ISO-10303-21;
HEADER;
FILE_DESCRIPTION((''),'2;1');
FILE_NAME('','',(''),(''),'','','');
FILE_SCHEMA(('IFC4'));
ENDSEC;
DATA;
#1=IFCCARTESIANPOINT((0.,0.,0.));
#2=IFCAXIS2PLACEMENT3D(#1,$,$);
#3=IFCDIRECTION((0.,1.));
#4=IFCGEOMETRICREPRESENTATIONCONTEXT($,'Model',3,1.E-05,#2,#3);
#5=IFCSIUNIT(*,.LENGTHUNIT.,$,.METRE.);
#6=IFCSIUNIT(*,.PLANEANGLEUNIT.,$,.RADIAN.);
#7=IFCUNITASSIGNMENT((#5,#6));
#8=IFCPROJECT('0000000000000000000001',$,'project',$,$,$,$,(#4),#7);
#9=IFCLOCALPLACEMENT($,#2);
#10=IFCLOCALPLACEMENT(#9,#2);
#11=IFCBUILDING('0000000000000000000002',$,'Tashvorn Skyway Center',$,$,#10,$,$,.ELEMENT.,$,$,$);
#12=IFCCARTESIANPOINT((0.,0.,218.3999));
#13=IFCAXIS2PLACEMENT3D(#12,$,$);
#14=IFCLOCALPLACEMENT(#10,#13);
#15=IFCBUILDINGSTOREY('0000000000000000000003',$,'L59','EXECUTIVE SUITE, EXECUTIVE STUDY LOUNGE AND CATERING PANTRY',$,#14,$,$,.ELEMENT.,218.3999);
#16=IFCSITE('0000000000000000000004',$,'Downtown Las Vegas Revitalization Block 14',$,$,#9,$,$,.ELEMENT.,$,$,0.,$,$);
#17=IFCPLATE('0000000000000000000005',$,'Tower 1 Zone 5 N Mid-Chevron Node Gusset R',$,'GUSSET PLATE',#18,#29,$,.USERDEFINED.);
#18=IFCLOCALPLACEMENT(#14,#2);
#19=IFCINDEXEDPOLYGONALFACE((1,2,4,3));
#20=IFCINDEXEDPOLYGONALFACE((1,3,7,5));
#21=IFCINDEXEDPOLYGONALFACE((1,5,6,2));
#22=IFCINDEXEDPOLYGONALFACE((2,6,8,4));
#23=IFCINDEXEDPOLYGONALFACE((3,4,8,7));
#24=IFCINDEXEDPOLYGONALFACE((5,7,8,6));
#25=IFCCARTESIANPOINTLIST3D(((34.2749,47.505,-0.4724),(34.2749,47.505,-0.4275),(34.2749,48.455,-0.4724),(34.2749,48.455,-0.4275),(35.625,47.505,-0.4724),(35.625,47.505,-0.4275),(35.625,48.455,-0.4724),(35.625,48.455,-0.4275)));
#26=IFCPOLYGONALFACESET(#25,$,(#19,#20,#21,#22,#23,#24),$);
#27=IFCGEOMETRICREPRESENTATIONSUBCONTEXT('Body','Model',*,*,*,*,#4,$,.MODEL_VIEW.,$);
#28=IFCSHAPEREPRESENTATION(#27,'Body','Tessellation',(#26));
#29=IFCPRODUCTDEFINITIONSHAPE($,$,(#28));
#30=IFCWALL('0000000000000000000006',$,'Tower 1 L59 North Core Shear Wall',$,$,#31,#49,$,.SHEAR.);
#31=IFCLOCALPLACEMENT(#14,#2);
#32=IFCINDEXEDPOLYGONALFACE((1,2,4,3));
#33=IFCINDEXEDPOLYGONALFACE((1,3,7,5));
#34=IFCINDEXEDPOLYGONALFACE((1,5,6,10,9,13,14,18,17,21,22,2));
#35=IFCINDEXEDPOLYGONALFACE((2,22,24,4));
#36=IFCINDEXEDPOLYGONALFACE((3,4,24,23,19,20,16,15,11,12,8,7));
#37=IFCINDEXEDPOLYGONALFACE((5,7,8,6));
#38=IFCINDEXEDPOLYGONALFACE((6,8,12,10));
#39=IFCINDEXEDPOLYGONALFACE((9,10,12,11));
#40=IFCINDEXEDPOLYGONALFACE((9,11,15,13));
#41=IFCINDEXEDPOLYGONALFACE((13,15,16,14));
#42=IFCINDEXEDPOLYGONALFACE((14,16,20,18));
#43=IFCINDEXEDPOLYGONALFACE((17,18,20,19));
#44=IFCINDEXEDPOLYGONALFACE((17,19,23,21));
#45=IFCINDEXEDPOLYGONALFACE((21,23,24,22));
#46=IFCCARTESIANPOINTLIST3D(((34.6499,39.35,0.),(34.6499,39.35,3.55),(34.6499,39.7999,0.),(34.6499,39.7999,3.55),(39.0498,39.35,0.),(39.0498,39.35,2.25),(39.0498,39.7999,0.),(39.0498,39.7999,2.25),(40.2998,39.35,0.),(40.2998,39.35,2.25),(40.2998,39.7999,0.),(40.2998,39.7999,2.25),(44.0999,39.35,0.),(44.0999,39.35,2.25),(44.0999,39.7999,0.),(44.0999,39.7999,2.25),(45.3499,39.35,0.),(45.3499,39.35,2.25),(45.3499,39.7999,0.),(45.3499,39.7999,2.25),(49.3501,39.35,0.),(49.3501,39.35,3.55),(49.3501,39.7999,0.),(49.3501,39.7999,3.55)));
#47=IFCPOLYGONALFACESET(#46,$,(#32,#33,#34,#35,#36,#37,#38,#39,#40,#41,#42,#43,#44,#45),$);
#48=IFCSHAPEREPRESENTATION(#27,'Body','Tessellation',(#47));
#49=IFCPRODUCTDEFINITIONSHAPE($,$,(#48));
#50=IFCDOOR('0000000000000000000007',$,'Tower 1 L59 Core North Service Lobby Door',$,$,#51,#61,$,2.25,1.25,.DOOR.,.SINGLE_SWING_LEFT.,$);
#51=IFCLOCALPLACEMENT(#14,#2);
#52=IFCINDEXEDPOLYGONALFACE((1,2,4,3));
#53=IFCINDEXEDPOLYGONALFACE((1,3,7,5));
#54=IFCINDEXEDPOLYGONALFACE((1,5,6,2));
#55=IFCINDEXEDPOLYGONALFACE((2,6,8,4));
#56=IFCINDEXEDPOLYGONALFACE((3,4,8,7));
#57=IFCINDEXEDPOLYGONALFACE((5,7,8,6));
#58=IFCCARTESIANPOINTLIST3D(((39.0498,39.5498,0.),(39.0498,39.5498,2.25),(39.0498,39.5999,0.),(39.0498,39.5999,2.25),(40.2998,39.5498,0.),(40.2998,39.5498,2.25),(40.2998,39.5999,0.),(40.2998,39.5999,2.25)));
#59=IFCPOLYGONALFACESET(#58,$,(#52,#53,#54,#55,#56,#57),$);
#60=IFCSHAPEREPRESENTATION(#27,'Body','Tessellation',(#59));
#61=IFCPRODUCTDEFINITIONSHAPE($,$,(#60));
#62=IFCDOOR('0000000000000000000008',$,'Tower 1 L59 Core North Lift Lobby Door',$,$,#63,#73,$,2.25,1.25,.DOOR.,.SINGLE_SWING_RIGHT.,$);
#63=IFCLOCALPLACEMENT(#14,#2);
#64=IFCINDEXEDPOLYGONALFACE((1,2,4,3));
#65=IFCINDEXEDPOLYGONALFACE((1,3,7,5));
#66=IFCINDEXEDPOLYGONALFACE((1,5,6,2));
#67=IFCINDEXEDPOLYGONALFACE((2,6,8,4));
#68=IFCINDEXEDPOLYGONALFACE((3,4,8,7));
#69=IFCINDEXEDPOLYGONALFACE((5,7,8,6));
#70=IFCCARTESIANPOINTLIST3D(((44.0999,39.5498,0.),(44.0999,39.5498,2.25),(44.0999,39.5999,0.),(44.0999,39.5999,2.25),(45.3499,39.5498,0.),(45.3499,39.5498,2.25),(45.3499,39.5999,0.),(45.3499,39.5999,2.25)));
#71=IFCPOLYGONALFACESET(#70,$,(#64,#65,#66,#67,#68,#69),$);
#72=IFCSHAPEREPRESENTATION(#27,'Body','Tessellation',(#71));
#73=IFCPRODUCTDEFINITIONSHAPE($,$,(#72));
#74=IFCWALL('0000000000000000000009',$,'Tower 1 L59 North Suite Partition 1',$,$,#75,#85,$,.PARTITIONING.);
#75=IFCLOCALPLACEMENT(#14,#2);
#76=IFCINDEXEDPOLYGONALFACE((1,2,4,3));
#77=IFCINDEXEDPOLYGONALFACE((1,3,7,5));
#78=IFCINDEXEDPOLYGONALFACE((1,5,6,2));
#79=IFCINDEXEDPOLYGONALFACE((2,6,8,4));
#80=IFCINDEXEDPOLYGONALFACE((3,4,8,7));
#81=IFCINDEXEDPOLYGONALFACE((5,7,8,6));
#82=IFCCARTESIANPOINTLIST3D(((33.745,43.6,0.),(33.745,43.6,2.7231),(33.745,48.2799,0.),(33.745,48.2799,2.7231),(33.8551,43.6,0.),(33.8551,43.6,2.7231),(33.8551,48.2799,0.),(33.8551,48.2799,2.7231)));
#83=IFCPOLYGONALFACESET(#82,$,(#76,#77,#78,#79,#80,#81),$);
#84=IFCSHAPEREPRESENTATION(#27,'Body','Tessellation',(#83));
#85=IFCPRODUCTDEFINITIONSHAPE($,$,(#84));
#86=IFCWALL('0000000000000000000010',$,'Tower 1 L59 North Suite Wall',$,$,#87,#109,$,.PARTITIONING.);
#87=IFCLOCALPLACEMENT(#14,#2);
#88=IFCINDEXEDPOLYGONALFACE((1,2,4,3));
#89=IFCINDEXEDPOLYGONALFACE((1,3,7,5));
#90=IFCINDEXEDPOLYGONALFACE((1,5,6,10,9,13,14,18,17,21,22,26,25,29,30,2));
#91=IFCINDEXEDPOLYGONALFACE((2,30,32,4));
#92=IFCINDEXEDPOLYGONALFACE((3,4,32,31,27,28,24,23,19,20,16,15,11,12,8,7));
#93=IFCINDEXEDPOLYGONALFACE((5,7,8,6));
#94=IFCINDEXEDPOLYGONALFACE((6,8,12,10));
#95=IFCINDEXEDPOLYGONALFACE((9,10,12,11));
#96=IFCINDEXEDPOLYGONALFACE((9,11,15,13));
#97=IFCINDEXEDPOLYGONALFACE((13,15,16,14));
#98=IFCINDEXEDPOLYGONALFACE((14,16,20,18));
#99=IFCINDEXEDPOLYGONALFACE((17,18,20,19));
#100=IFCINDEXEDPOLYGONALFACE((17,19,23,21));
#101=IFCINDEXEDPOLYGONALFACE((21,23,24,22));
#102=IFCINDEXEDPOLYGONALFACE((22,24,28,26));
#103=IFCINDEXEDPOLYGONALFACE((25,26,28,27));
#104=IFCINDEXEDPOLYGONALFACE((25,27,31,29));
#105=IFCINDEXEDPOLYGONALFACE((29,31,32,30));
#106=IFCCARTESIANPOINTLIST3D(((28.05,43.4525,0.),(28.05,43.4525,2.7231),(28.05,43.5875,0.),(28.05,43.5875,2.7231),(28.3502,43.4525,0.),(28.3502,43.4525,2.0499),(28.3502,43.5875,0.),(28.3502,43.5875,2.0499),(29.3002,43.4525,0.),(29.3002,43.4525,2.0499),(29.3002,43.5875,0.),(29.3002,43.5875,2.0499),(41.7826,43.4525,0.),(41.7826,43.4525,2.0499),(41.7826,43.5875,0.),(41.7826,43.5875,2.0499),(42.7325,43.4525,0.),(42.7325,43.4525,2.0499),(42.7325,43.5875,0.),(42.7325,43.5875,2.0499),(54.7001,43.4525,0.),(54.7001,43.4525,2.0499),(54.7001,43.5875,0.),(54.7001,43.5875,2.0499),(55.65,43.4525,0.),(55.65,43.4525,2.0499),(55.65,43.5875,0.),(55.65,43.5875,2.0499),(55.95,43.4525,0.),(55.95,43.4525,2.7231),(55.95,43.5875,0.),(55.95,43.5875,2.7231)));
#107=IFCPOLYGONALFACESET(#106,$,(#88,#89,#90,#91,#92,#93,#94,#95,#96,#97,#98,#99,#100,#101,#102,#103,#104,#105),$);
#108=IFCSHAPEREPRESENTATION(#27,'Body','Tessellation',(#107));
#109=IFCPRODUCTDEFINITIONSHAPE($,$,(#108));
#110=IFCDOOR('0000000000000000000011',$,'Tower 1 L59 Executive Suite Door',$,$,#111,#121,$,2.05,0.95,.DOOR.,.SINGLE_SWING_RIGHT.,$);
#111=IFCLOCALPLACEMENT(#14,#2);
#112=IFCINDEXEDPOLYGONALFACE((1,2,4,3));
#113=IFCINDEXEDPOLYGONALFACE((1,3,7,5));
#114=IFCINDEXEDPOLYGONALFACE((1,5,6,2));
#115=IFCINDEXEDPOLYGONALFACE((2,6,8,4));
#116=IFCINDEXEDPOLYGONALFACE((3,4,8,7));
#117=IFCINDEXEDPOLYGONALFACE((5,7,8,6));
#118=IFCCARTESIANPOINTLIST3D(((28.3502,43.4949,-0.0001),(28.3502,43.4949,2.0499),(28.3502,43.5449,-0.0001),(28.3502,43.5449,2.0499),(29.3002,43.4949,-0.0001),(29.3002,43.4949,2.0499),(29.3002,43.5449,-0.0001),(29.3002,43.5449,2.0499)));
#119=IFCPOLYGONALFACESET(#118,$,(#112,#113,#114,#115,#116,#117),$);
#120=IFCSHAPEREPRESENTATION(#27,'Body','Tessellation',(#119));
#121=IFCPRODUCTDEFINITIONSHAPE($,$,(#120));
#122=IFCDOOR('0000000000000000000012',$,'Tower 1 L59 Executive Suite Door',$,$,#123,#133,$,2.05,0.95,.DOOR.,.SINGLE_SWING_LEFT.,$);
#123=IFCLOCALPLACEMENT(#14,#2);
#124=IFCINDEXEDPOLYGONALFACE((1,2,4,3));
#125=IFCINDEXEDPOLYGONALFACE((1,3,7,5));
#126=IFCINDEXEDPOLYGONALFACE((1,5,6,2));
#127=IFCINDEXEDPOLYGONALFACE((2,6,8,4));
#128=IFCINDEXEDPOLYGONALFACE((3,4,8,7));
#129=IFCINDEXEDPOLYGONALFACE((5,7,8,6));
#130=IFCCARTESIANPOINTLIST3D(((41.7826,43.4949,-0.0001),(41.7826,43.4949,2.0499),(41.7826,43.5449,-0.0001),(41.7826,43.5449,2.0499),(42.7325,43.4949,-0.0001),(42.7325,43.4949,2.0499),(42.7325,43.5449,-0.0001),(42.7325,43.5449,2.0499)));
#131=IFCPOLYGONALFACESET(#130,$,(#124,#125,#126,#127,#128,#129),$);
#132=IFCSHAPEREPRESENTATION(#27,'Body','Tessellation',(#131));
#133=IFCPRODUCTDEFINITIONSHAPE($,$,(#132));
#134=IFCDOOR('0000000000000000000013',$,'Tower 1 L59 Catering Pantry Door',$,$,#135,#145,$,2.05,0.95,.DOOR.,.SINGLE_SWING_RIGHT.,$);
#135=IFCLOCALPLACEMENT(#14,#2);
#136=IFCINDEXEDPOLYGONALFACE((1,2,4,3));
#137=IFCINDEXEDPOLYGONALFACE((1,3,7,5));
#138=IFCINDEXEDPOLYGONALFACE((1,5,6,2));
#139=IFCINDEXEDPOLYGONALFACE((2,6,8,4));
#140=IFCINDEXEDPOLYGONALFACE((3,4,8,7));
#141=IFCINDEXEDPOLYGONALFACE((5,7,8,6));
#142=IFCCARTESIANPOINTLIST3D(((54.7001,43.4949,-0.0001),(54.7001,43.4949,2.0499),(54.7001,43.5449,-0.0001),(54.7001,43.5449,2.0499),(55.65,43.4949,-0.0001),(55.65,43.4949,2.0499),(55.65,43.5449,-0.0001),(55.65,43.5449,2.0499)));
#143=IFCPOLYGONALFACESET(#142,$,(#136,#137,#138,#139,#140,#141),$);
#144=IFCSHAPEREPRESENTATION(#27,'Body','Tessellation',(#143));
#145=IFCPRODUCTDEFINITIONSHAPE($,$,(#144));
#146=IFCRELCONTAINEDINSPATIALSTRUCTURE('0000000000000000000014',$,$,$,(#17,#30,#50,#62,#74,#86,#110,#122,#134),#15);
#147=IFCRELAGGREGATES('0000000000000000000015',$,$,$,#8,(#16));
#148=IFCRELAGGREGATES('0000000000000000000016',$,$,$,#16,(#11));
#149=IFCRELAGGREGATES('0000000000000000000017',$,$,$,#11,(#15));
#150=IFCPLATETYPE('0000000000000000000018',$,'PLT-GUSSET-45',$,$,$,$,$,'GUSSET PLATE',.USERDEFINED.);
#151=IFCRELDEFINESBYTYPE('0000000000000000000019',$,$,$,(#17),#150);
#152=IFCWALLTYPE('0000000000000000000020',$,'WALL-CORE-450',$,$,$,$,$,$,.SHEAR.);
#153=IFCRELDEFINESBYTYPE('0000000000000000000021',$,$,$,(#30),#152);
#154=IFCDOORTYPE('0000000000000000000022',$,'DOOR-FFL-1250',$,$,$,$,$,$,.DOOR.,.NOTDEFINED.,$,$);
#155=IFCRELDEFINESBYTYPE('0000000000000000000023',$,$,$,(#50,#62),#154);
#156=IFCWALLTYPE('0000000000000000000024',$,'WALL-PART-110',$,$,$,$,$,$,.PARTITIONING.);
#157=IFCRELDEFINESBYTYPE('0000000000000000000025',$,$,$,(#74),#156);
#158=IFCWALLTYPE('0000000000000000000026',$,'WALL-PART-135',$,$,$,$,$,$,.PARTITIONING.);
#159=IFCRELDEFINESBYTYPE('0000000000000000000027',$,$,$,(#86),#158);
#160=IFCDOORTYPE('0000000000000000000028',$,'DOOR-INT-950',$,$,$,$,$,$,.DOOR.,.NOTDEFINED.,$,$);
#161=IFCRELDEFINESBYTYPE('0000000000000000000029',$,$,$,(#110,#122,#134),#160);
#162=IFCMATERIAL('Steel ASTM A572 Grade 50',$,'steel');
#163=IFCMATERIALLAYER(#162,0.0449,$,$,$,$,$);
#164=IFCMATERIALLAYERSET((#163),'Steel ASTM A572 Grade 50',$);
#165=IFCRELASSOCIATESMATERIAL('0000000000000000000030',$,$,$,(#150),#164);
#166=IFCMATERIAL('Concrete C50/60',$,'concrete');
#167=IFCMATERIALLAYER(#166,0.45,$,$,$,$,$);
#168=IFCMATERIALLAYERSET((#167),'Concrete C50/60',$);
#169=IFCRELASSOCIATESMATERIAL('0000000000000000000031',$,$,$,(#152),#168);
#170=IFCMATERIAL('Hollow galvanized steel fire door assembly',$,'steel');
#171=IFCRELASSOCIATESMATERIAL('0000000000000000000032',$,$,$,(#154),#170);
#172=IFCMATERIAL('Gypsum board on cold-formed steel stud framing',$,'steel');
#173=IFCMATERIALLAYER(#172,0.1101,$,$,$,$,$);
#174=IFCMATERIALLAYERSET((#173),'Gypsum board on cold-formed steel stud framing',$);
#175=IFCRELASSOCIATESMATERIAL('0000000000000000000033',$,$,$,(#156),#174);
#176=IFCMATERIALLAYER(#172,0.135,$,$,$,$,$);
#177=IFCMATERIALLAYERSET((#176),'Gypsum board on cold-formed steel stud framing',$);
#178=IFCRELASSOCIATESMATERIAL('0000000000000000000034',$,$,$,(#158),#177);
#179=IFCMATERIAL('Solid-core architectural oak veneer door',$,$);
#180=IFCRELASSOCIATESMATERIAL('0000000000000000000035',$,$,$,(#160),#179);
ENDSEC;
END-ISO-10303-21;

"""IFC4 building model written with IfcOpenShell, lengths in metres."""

from ifc_helpers import new_model, si_unit, direction, frame, frame_2d, origin, origin_2d, place, context, subcontext, project, spatial, rectangle, extrude, material, layer, layer_set, type_object, element, fill, save


model = new_model("IFC4")

# Units and contexts
model_context = context("Model", 3, precision=1e-05, world=origin(), true_north=direction((0.0, 1.0)))
body_context = subcontext(model_context, "Body", "Model", "MODEL_VIEW")
ifc_project = project(units=[si_unit("LENGTHUNIT", "METRE"), si_unit("PLANEANGLEUNIT", "RADIAN")], contexts=[model_context])

# Site, building, storey
site_placement = place(None, origin())
site = spatial("IfcSite", under=ifc_project, at=site_placement, Name="Downtown Las Vegas Revitalization Block 14", CompositionType="ELEMENT", RefElevation=0.0)
building_placement = place(site_placement, origin())
building = spatial("IfcBuilding", under=site, at=building_placement, Name="Tashvorn Skyway Center", CompositionType="ELEMENT")
storey_placement = place(building_placement, frame((0.0, 0.0, 218.3999)))
storey = spatial("IfcBuildingStorey", under=building, at=storey_placement, Name="L59", Description="EXECUTIVE SUITE, EXECUTIVE STUDY LOUNGE AND CATERING PANTRY", CompositionType="ELEMENT", Elevation=218.3999)

# Shared definitions
ifc_material_1 = material(Name="Steel ASTM A572 Grade 50", Category="steel")

# Plate
ifc_layer_1 = layer(ifc_material_1, 0.0449)
ifc_layer_set_1 = layer_set([ifc_layer_1], Name="Steel ASTM A572 Grade 50")
plate_type_1 = type_object("IfcPlateType", Name="PLT-GUSSET-45", ElementType="GUSSET PLATE", PredefinedType="USERDEFINED", material=ifc_layer_set_1)
plate_1_placement = place(storey_placement, frame((34.95, 47.98, -0.4724), z_axis=(0.0, 0.0, 1.0), x_axis=(-1.0, 0.0, 0.0)))
element("IfcPlate", 1, at=plate_1_placement, inside=storey, type_object=plate_type_1, Name="Tower 1 Zone 5 N Mid-Chevron Node Gusset R", ObjectType="GUSSET PLATE", PredefinedType="USERDEFINED", context=body_context, shape_type="SweptSolid", body=[
    extrude(rectangle(XDim=1.3501, YDim=0.95, at=origin_2d()), origin(), (0.0, 0.0, 1.0), 0.0449),
])

# Wall, openings, doors
ifc_material_2 = material(Name="Concrete C50/60", Category="concrete")
ifc_layer_2 = layer(ifc_material_2, 0.45)
ifc_layer_set_2 = layer_set([ifc_layer_2], Name="Concrete C50/60")
wall_type_1 = type_object("IfcWallType", Name="WALL-CORE-450", PredefinedType="SHEAR", material=ifc_layer_set_2)
wall_1_placement = place(storey_placement, frame((34.6499, 39.575, 0.0), z_axis=(0.0, 0.0, 1.0), x_axis=(1.0, 0.0, 0.0)))
wall_1 = element("IfcWall", 2, at=wall_1_placement, inside=storey, type_object=wall_type_1, Name="Tower 1 L59 North Core Shear Wall", PredefinedType="SHEAR", context=body_context, shape_type="SweptSolid", body=[
    extrude(rectangle(XDim=14.7002, YDim=0.45, at=frame_2d((7.3501, 0.0))), origin(), (0.0, 0.0, 1.0), 3.55),
])
opening_1_placement = place(wall_1_placement, frame((4.3999, 0.0, 0.0)))
opening_1 = element("IfcOpeningElement", 3, at=opening_1_placement, cuts=wall_1, PredefinedType="OPENING", context=body_context, shape_type="SweptSolid", body=[
    extrude(rectangle(XDim=1.25, YDim=2.25, at=frame_2d((0.625, 1.125))), frame((0.0, 0.2349, 0.0), z_axis=(0.0, -1.0, 0.0), x_axis=(1.0, 0.0, 0.0)), (0.0, 0.0, 1.0), 0.47),
])
opening_2_placement = place(wall_1_placement, frame((9.45, 0.0, 0.0)))
opening_2 = element("IfcOpeningElement", 4, at=opening_2_placement, cuts=wall_1, PredefinedType="OPENING", context=body_context, shape_type="SweptSolid", body=[
    extrude(rectangle(XDim=1.25, YDim=2.25, at=frame_2d((0.625, 1.125))), frame((0.0, 0.2349, 0.0), z_axis=(0.0, -1.0, 0.0), x_axis=(1.0, 0.0, 0.0)), (0.0, 0.0, 1.0), 0.47),
])
ifc_material_3 = material(Name="Hollow galvanized steel fire door assembly", Category="steel")
door_type_1 = type_object("IfcDoorType", Name="DOOR-FFL-1250", OperationType="NOTDEFINED", PredefinedType="DOOR", material=ifc_material_3)
door_1_placement = place(opening_1_placement, origin())
door_1 = element("IfcDoor", 5, at=door_1_placement, inside=storey, type_object=door_type_1, Name="Tower 1 L59 Core North Service Lobby Door", OperationType="SINGLE_SWING_LEFT", OverallHeight=2.25, OverallWidth=1.25, PredefinedType="DOOR", context=body_context, shape_type="SweptSolid", body=[
    extrude(rectangle(XDim=1.25, YDim=2.25, at=frame_2d((0.625, 1.125))), frame((0.0, 0.0249, 0.0), z_axis=(0.0, -1.0, 0.0), x_axis=(1.0, 0.0, 0.0)), (0.0, 0.0, 1.0), 0.05),
])
fill(opening_1, door_1)
door_2_placement = place(opening_2_placement, origin())
door_2 = element("IfcDoor", 6, at=door_2_placement, inside=storey, type_object=door_type_1, Name="Tower 1 L59 Core North Lift Lobby Door", OperationType="SINGLE_SWING_RIGHT", OverallHeight=2.25, OverallWidth=1.25, PredefinedType="DOOR", context=body_context, shape_type="SweptSolid", body=[
    extrude(rectangle(XDim=1.25, YDim=2.25, at=frame_2d((0.625, 1.125))), frame((0.0, 0.0249, 0.0), z_axis=(0.0, -1.0, 0.0), x_axis=(1.0, 0.0, 0.0)), (0.0, 0.0, 1.0), 0.05),
])
fill(opening_2, door_2)

# Wall
ifc_material_4 = material(Name="Gypsum board on cold-formed steel stud framing", Category="steel")
ifc_layer_3 = layer(ifc_material_4, 0.1101)
ifc_layer_set_3 = layer_set([ifc_layer_3], Name="Gypsum board on cold-formed steel stud framing")
wall_type_2 = type_object("IfcWallType", Name="WALL-PART-110", PredefinedType="PARTITIONING", material=ifc_layer_set_3)
wall_2_placement = place(storey_placement, frame((33.8, 43.6001, 0.0), z_axis=(0.0, 0.0, 1.0), x_axis=(0.0, 1.0, 0.0)))
element("IfcWall", 7, at=wall_2_placement, inside=storey, type_object=wall_type_2, Name="Tower 1 L59 North Suite Partition 1", PredefinedType="PARTITIONING", context=body_context, shape_type="SweptSolid", body=[
    extrude(rectangle(XDim=4.6799, YDim=0.1101, at=frame_2d((2.3398, 0.0))), origin(), (0.0, 0.0, 1.0), 2.7231),
])

# Wall, openings, doors
ifc_layer_4 = layer(ifc_material_4, 0.135)
ifc_layer_set_4 = layer_set([ifc_layer_4], Name="Gypsum board on cold-formed steel stud framing")
wall_type_3 = type_object("IfcWallType", Name="WALL-PART-135", PredefinedType="PARTITIONING", material=ifc_layer_set_4)
wall_3_placement = place(storey_placement, frame((28.05, 43.52, 0.0), z_axis=(0.0, 0.0, 1.0), x_axis=(1.0, 0.0, 0.0)))
wall_3 = element("IfcWall", 8, at=wall_3_placement, inside=storey, type_object=wall_type_3, Name="Tower 1 L59 North Suite Wall", PredefinedType="PARTITIONING", context=body_context, shape_type="SweptSolid", body=[
    extrude(rectangle(XDim=27.8999, YDim=0.135, at=frame_2d((13.95, 0.0))), origin(), (0.0, 0.0, 1.0), 2.7231),
])
opening_3_placement = place(wall_3_placement, frame((0.3, 0.0, 0.0)))
opening_3 = element("IfcOpeningElement", 9, at=opening_3_placement, cuts=wall_3, PredefinedType="OPENING", context=body_context, shape_type="SweptSolid", body=[
    extrude(rectangle(XDim=0.95, YDim=2.05, at=frame_2d((0.4751, 1.0249))), frame((0.0, 0.0774, 0.0), z_axis=(0.0, -1.0, 0.0), x_axis=(1.0, 0.0, 0.0)), (0.0, 0.0, 1.0), 0.155),
])
opening_4_placement = place(wall_3_placement, frame((13.7324, 0.0, 0.0)))
opening_4 = element("IfcOpeningElement", 10, at=opening_4_placement, cuts=wall_3, PredefinedType="OPENING", context=body_context, shape_type="SweptSolid", body=[
    extrude(rectangle(XDim=0.95, YDim=2.05, at=frame_2d((0.4751, 1.0249))), frame((0.0, 0.0774, 0.0), z_axis=(0.0, -1.0, 0.0), x_axis=(1.0, 0.0, 0.0)), (0.0, 0.0, 1.0), 0.155),
])
opening_5_placement = place(wall_3_placement, frame((26.6499, 0.0, 0.0)))
opening_5 = element("IfcOpeningElement", 11, at=opening_5_placement, cuts=wall_3, PredefinedType="OPENING", context=body_context, shape_type="SweptSolid", body=[
    extrude(rectangle(XDim=0.95, YDim=2.05, at=frame_2d((0.4751, 1.0249))), frame((0.0, 0.0774, 0.0), z_axis=(0.0, -1.0, 0.0), x_axis=(1.0, 0.0, 0.0)), (0.0, 0.0, 1.0), 0.155),
])
ifc_material_5 = material(Name="Solid-core architectural oak veneer door")
door_type_2 = type_object("IfcDoorType", Name="DOOR-INT-950", OperationType="NOTDEFINED", PredefinedType="DOOR", material=ifc_material_5)
door_3_placement = place(opening_3_placement, origin())
door_3 = element("IfcDoor", 12, at=door_3_placement, inside=storey, type_object=door_type_2, Name="Tower 1 L59 Executive Suite Door", OperationType="SINGLE_SWING_RIGHT", OverallHeight=2.05, OverallWidth=0.95, PredefinedType="DOOR", context=body_context, shape_type="SweptSolid", body=[
    extrude(rectangle(XDim=0.95, YDim=2.05, at=frame_2d((0.4751, 1.0249))), frame((0.0, 0.0249, 0.0), z_axis=(0.0, -1.0, 0.0), x_axis=(1.0, 0.0, 0.0)), (0.0, 0.0, 1.0), 0.05),
])
fill(opening_3, door_3)
door_4_placement = place(opening_4_placement, origin())
door_4 = element("IfcDoor", 13, at=door_4_placement, inside=storey, type_object=door_type_2, Name="Tower 1 L59 Executive Suite Door", OperationType="SINGLE_SWING_LEFT", OverallHeight=2.05, OverallWidth=0.95, PredefinedType="DOOR", context=body_context, shape_type="SweptSolid", body=[
    extrude(rectangle(XDim=0.95, YDim=2.05, at=frame_2d((0.4751, 1.0249))), frame((0.0, 0.0249, 0.0), z_axis=(0.0, -1.0, 0.0), x_axis=(1.0, 0.0, 0.0)), (0.0, 0.0, 1.0), 0.05),
])
fill(opening_4, door_4)
door_5_placement = place(opening_5_placement, origin())
door_5 = element("IfcDoor", 14, at=door_5_placement, inside=storey, type_object=door_type_2, Name="Tower 1 L59 Catering Pantry Door", OperationType="SINGLE_SWING_RIGHT", OverallHeight=2.05, OverallWidth=0.95, PredefinedType="DOOR", context=body_context, shape_type="SweptSolid", body=[
    extrude(rectangle(XDim=0.95, YDim=2.05, at=frame_2d((0.4751, 1.0249))), frame((0.0, 0.0249, 0.0), z_axis=(0.0, -1.0, 0.0), x_axis=(1.0, 0.0, 0.0)), (0.0, 0.0, 1.0), 0.05),
])
fill(opening_5, door_5)

save(model, "model.ifc")
